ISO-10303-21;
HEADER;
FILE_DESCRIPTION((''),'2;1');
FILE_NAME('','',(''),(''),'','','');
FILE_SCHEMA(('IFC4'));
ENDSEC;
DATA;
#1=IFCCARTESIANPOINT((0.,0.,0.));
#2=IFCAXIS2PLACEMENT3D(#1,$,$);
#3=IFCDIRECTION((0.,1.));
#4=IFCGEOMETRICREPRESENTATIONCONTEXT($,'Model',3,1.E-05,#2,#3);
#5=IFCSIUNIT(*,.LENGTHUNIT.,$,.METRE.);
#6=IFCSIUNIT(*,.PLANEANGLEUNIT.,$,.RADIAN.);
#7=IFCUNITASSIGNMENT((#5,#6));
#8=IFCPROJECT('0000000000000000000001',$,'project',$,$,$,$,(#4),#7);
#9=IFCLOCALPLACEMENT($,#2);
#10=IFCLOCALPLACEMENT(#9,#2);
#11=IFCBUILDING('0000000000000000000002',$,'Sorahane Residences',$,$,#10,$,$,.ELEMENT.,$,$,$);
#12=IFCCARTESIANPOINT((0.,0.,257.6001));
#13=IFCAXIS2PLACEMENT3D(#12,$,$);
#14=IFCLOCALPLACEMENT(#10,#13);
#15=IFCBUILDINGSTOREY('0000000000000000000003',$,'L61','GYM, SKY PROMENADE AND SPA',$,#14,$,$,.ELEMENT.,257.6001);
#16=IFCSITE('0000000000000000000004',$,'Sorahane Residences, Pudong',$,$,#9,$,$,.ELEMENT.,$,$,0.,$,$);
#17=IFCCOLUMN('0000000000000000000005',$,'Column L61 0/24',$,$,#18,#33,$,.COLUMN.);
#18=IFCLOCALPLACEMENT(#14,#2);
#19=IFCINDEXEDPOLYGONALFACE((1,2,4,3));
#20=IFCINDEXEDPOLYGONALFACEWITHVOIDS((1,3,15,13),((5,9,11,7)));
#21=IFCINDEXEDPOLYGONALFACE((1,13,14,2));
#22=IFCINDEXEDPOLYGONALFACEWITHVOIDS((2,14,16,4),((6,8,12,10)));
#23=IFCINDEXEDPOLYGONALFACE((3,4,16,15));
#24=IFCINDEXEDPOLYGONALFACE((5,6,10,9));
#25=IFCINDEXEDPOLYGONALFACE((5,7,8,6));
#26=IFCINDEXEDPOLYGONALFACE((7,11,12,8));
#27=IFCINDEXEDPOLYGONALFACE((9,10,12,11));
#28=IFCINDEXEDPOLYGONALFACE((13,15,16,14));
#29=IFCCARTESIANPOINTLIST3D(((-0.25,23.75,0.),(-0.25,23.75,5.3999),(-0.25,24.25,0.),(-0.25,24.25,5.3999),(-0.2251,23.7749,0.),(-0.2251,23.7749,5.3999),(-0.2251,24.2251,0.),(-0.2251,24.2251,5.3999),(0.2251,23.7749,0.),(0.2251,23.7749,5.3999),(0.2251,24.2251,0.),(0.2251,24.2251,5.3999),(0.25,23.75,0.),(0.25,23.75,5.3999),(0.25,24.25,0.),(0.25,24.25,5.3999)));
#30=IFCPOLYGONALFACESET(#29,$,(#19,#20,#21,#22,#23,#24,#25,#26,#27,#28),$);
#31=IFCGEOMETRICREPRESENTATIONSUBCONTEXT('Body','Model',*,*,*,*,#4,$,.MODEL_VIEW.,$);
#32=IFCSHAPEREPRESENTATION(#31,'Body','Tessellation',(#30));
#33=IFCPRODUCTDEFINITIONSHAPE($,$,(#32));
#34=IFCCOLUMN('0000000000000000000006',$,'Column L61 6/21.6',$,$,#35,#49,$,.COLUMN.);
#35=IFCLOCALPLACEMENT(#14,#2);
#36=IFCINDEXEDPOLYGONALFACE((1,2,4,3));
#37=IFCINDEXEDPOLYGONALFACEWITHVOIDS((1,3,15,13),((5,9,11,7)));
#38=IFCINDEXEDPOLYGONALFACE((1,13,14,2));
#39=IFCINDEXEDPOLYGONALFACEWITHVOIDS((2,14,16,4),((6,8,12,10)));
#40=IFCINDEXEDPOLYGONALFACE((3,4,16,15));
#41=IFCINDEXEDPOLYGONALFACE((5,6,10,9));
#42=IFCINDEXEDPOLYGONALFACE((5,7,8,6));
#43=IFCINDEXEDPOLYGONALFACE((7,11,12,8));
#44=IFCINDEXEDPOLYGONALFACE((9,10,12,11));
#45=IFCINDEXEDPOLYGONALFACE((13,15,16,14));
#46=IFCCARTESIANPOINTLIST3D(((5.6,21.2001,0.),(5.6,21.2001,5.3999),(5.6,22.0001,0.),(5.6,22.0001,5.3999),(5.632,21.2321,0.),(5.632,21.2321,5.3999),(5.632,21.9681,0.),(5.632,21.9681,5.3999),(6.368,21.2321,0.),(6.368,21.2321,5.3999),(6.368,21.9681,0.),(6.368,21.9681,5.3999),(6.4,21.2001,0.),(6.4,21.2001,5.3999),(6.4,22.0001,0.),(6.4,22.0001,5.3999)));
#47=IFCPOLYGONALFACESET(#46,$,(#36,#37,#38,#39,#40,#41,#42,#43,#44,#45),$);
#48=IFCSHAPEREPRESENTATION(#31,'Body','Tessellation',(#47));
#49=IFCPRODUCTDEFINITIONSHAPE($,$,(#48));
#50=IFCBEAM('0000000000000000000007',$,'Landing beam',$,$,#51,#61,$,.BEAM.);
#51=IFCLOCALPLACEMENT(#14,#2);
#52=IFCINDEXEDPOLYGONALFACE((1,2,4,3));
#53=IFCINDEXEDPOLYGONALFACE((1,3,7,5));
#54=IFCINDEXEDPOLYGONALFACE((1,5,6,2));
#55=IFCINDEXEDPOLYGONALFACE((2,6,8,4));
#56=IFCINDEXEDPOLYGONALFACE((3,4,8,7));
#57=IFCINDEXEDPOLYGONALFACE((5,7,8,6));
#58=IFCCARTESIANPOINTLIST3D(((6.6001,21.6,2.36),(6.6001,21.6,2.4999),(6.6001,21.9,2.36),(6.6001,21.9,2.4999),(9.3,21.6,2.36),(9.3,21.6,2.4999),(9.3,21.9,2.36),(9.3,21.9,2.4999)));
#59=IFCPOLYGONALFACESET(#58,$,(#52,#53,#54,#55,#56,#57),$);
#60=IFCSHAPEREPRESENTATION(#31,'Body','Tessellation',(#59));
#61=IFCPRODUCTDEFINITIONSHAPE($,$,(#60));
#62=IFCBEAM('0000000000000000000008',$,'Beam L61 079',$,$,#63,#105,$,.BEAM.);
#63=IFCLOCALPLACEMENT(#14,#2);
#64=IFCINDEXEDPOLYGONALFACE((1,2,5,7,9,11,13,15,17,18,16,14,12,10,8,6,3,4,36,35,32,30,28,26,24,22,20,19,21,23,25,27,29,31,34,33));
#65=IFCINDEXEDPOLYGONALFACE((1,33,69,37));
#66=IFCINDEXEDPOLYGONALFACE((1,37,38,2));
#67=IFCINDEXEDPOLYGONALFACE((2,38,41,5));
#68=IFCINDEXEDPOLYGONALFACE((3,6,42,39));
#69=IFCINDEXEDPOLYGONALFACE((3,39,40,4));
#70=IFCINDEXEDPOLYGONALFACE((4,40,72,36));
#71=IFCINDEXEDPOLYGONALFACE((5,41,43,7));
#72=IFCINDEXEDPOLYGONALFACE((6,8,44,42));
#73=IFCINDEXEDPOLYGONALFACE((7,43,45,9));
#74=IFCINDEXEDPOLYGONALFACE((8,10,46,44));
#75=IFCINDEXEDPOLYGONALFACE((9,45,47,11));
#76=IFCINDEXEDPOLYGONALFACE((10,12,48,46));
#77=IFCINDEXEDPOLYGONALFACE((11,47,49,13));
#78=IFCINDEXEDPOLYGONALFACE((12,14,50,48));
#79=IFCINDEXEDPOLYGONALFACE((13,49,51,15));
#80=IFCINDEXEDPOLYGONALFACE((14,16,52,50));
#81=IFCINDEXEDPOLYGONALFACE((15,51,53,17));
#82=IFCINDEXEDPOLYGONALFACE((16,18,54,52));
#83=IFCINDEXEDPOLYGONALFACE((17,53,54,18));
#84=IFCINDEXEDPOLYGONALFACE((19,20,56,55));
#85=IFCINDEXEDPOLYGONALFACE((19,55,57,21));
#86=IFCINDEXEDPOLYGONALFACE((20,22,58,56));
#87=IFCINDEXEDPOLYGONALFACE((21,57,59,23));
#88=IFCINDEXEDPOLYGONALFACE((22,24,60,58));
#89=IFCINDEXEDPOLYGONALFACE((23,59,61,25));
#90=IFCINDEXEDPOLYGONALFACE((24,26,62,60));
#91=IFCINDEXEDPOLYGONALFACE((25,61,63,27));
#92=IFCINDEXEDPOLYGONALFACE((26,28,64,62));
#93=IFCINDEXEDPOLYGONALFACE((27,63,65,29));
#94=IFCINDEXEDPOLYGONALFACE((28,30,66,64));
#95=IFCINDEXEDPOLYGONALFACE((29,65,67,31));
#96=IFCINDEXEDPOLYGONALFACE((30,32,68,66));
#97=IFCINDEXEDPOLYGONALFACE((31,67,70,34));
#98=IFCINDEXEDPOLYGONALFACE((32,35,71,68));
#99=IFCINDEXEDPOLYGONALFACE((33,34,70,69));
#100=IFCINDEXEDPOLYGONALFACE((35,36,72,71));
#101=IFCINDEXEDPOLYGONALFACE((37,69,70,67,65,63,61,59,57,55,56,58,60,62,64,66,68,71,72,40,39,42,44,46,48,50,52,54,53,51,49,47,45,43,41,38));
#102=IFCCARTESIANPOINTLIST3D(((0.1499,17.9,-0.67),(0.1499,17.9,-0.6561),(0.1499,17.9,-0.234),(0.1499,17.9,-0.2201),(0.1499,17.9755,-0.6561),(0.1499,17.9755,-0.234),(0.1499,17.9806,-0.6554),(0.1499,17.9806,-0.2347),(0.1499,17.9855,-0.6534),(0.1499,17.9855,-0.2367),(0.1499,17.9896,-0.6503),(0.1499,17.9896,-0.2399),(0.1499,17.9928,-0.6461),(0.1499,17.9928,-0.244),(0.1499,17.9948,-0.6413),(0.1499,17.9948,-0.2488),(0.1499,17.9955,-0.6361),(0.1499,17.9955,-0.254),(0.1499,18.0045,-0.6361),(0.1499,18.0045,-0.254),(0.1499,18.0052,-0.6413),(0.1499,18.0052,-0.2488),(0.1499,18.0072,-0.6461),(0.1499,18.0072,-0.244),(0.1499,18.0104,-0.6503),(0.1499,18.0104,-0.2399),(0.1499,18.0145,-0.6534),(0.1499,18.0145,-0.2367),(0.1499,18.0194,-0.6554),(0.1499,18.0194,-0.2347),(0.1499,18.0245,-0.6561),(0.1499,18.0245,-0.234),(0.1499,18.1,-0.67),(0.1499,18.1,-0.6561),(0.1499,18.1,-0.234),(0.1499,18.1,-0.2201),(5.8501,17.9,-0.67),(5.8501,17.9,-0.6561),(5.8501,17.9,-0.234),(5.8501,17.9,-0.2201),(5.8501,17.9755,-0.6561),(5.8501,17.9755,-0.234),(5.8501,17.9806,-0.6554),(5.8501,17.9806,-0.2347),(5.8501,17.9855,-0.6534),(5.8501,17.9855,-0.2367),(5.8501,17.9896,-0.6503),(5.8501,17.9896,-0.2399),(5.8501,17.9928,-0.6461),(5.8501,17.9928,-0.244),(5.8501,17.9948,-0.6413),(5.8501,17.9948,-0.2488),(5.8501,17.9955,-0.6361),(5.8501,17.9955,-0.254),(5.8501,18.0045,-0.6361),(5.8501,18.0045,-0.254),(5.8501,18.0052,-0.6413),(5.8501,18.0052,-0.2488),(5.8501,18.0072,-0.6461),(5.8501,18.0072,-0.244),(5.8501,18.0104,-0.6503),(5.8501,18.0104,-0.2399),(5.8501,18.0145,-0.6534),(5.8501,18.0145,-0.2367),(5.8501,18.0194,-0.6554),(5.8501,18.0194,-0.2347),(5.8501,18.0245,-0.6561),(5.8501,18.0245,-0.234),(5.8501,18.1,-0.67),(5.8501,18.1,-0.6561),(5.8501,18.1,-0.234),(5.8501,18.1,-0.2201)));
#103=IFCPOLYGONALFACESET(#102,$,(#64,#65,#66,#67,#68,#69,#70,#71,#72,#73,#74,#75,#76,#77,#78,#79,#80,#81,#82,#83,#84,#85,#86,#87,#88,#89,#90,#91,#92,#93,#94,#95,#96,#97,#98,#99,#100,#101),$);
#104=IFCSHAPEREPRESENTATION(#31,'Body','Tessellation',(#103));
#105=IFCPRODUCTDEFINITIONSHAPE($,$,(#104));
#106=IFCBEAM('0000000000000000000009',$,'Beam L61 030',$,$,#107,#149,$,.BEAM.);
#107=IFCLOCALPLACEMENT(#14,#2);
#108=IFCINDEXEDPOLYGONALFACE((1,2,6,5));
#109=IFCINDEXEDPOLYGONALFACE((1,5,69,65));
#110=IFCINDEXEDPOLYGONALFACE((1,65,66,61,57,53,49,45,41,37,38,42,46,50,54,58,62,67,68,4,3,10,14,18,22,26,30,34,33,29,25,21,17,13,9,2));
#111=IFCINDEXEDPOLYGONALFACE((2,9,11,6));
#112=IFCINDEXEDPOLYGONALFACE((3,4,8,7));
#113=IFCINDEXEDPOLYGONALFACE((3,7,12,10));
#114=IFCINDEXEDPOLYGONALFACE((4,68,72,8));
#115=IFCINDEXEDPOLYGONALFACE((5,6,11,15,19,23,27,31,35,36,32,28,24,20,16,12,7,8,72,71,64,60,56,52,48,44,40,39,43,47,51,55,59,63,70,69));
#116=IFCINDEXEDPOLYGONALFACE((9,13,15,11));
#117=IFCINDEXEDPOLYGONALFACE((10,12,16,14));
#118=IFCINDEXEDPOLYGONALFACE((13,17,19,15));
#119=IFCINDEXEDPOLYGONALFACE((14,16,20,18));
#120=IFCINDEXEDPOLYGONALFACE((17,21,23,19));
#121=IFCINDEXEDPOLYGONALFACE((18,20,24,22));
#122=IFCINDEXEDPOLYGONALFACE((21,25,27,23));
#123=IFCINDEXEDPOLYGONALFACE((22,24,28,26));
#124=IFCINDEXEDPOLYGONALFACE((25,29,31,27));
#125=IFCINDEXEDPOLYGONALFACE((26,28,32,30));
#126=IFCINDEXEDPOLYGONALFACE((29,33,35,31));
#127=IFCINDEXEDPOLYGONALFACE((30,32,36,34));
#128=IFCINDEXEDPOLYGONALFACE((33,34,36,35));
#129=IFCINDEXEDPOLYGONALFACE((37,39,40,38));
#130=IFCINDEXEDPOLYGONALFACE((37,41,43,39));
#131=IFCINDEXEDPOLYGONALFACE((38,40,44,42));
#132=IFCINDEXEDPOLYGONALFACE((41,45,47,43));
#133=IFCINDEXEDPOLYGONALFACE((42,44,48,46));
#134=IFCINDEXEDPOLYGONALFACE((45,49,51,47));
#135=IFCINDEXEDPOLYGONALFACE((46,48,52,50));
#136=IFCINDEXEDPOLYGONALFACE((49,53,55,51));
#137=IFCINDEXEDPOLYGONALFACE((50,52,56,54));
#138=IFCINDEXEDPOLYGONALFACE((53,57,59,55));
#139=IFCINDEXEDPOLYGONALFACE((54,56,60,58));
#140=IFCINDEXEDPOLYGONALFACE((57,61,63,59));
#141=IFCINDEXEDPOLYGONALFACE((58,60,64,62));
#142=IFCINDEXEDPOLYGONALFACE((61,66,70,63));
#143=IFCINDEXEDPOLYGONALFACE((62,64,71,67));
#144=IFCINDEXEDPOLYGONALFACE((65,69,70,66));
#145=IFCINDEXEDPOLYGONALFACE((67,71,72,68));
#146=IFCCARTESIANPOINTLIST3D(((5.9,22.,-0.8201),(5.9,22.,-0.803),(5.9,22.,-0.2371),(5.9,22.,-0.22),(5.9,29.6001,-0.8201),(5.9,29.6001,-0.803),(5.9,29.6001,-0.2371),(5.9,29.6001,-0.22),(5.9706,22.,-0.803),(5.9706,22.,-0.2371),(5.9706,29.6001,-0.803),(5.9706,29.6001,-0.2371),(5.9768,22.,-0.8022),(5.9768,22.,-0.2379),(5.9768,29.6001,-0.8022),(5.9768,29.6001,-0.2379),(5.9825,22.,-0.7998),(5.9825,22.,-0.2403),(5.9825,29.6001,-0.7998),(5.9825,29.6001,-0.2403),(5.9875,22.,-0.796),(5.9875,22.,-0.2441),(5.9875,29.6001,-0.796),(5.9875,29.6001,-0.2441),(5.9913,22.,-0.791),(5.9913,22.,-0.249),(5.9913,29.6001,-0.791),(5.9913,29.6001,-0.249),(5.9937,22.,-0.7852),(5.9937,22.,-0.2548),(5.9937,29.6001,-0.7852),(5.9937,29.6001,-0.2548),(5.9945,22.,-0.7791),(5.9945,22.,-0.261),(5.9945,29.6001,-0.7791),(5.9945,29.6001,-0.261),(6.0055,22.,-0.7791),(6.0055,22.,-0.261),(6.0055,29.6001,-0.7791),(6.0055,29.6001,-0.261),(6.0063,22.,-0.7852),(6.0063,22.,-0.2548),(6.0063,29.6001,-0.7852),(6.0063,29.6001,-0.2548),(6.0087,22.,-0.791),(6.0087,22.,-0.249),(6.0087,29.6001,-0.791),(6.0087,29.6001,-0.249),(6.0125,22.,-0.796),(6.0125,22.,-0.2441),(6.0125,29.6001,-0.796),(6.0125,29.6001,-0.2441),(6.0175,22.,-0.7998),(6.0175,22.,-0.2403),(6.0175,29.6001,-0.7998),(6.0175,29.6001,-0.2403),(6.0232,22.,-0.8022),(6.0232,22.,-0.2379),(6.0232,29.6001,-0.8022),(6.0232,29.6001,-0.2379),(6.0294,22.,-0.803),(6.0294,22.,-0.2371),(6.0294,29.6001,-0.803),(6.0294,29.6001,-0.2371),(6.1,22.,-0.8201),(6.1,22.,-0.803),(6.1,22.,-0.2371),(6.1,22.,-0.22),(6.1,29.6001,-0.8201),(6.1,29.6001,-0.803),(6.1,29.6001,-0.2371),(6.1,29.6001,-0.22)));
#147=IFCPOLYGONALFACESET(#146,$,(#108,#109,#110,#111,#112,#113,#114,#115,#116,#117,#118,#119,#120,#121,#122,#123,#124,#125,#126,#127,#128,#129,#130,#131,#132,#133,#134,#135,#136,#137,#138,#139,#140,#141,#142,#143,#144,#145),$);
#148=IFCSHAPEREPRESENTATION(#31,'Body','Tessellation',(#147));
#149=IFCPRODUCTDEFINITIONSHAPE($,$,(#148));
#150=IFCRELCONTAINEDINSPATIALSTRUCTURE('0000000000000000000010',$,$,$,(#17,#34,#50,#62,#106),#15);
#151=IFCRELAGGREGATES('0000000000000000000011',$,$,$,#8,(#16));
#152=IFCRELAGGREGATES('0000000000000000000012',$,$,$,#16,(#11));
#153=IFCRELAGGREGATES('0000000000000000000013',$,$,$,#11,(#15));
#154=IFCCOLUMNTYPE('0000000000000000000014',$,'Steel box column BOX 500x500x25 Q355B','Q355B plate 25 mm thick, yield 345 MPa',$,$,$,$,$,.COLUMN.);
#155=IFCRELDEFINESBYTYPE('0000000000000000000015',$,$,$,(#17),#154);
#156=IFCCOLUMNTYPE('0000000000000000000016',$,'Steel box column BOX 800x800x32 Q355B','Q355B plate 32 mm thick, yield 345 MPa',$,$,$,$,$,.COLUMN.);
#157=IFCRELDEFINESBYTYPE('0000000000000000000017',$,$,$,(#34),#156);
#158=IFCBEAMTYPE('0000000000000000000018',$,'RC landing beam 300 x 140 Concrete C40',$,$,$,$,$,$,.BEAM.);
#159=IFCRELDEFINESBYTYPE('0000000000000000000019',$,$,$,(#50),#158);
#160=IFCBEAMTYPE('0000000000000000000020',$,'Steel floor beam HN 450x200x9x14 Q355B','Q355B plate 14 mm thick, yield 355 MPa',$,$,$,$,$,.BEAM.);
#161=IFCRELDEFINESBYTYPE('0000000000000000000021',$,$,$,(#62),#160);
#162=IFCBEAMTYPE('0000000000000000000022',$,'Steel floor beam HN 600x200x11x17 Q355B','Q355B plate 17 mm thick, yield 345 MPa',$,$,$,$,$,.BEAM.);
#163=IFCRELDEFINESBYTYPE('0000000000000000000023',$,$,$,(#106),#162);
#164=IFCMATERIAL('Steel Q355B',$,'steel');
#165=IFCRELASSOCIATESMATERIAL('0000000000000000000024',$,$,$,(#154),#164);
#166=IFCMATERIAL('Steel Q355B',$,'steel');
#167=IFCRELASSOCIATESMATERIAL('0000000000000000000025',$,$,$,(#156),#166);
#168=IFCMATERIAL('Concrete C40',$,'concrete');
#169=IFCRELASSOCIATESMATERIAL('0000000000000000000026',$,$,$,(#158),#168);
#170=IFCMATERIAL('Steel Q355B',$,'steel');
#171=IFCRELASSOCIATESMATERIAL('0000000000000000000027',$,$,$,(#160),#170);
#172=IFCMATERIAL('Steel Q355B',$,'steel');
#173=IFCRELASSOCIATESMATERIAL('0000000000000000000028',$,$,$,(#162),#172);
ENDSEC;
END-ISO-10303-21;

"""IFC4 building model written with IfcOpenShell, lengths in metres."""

from ifc_helpers import new_model, si_unit, direction, frame, origin, origin_2d, place, context, subcontext, project, spatial, rectangle, hollow_rectangle, i_section, extrude, material, material_profile, profile_set, type_object, element, save


model = new_model("IFC4")

# Units and contexts
model_context = context("Model", 3, precision=1e-05, world=origin(), true_north=direction((0.0, 1.0)))
body_context = subcontext(model_context, "Body", "Model", "MODEL_VIEW")
ifc_project = project(units=[si_unit("LENGTHUNIT", "METRE"), si_unit("PLANEANGLEUNIT", "RADIAN")], contexts=[model_context])

# Site, building, storey
site_placement = place(None, origin())
site = spatial("IfcSite", under=ifc_project, at=site_placement, Name="Sorahane Residences, Pudong", CompositionType="ELEMENT", RefElevation=0.0)
building_placement = place(site_placement, origin())
building = spatial("IfcBuilding", under=site, at=building_placement, Name="Sorahane Residences", CompositionType="ELEMENT")
storey_placement = place(building_placement, frame((0.0, 0.0, 257.6001)))
storey = spatial("IfcBuildingStorey", under=building, at=storey_placement, Name="L61", Description="GYM, SKY PROMENADE AND SPA", CompositionType="ELEMENT", Elevation=257.6001)

# Columns
ifc_material_1 = material(Name="Steel Q355B", Category="steel")
ifc_material_profile_1 = material_profile(ifc_material_1, hollow_rectangle(XDim=0.5, YDim=0.5, WallThickness=0.0249, at=origin_2d()), Name="BOX 500x500x25")
ifc_profile_set_1 = profile_set([ifc_material_profile_1], Name="Steel Q355B")
column_type_1 = type_object("IfcColumnType", Name="Steel box column BOX 500x500x25 Q355B", Description="Q355B plate 25 mm thick, yield 345 MPa", PredefinedType="COLUMN", material=ifc_profile_set_1)
column_1_placement = place(storey_placement, frame((0.0, 24.0, 0.0), z_axis=(0.0, 0.0, 1.0), x_axis=(1.0, 0.0, 0.0)))
element("IfcColumn", 1, at=column_1_placement, inside=storey, type_object=column_type_1, Name="Column L61 0/24", PredefinedType="COLUMN", context=body_context, shape_type="SweptSolid", body=[
    extrude(hollow_rectangle(XDim=0.5, YDim=0.5, WallThickness=0.0249, at=origin_2d()), origin(), (0.0, 0.0, 1.0), 5.3999),
])
ifc_material_2 = material(Name="Steel Q355B", Category="steel")
ifc_material_profile_2 = material_profile(ifc_material_2, hollow_rectangle(XDim=0.8, YDim=0.8, WallThickness=0.032, at=origin_2d()), Name="BOX 800x800x32")
ifc_profile_set_2 = profile_set([ifc_material_profile_2], Name="Steel Q355B")
column_type_2 = type_object("IfcColumnType", Name="Steel box column BOX 800x800x32 Q355B", Description="Q355B plate 32 mm thick, yield 345 MPa", PredefinedType="COLUMN", material=ifc_profile_set_2)
column_2_placement = place(storey_placement, frame((6.0, 21.6001, 0.0), z_axis=(0.0, 0.0, 1.0), x_axis=(1.0, 0.0, 0.0)))
element("IfcColumn", 2, at=column_2_placement, inside=storey, type_object=column_type_2, Name="Column L61 6/21.6", PredefinedType="COLUMN", context=body_context, shape_type="SweptSolid", body=[
    extrude(hollow_rectangle(XDim=0.8, YDim=0.8, WallThickness=0.032, at=origin_2d()), origin(), (0.0, 0.0, 1.0), 5.3999),
])

# Beams
ifc_material_3 = material(Name="Concrete C40", Category="concrete")
ifc_material_profile_3 = material_profile(ifc_material_3, rectangle(XDim=0.3, YDim=0.1399, at=origin_2d()), Name="300x140")
ifc_profile_set_3 = profile_set([ifc_material_profile_3], Name="Concrete C40")
beam_type_1 = type_object("IfcBeamType", Name="RC landing beam 300 x 140 Concrete C40", PredefinedType="BEAM", material=ifc_profile_set_3)
beam_1_placement = place(storey_placement, frame((6.6001, 21.75, 2.4299), z_axis=(1.0, 0.0, 0.0), x_axis=(0.0, 1.0, 0.0)))
element("IfcBeam", 3, at=beam_1_placement, inside=storey, type_object=beam_type_1, Name="Landing beam", PredefinedType="BEAM", context=body_context, shape_type="SweptSolid", body=[
    extrude(rectangle(XDim=0.3, YDim=0.1399, at=origin_2d()), origin(), (0.0, 0.0, 1.0), 2.7),
])
ifc_material_4 = material(Name="Steel Q355B", Category="steel")
ifc_material_profile_4 = material_profile(ifc_material_4, i_section(OverallWidth=0.2, OverallDepth=0.45, WebThickness=0.009, FlangeThickness=0.0139, FilletRadius=0.02, at=origin_2d()), Name="HN 450x200x9x14")
ifc_profile_set_4 = profile_set([ifc_material_profile_4], Name="Steel Q355B")
beam_type_2 = type_object("IfcBeamType", Name="Steel floor beam HN 450x200x9x14 Q355B", Description="Q355B plate 14 mm thick, yield 355 MPa", PredefinedType="BEAM", material=ifc_profile_set_4)
beam_2_placement = place(storey_placement, frame((0.1499, 18.0, -0.4451), z_axis=(1.0, 0.0, 0.0), x_axis=(0.0, 1.0, 0.0)))
element("IfcBeam", 4, at=beam_2_placement, inside=storey, type_object=beam_type_2, Name="Beam L61 079", PredefinedType="BEAM", context=body_context, shape_type="SweptSolid", body=[
    extrude(i_section(OverallWidth=0.2, OverallDepth=0.45, WebThickness=0.009, FlangeThickness=0.0139, FilletRadius=0.02, at=origin_2d()), origin(), (0.0, 0.0, 1.0), 5.7002),
])
ifc_material_5 = material(Name="Steel Q355B", Category="steel")
ifc_material_profile_5 = material_profile(ifc_material_5, i_section(OverallWidth=0.2, OverallDepth=0.6001, WebThickness=0.011, FlangeThickness=0.0171, FilletRadius=0.0239, at=origin_2d()), Name="HN 600x200x11x17")
ifc_profile_set_5 = profile_set([ifc_material_profile_5], Name="Steel Q355B")
beam_type_3 = type_object("IfcBeamType", Name="Steel floor beam HN 600x200x11x17 Q355B", Description="Q355B plate 17 mm thick, yield 345 MPa", PredefinedType="BEAM", material=ifc_profile_set_5)
beam_3_placement = place(storey_placement, frame((6.0, 22.0, -0.52), z_axis=(0.0, 1.0, 0.0), x_axis=(-1.0, 0.0, 0.0)))
element("IfcBeam", 5, at=beam_3_placement, inside=storey, type_object=beam_type_3, Name="Beam L61 030", PredefinedType="BEAM", context=body_context, shape_type="SweptSolid", body=[
    extrude(i_section(OverallWidth=0.2, OverallDepth=0.6001, WebThickness=0.011, FlangeThickness=0.0171, FilletRadius=0.0239, at=origin_2d()), origin(), (0.0, 0.0, 1.0), 7.6001),
])

save(model, "model.ifc")
